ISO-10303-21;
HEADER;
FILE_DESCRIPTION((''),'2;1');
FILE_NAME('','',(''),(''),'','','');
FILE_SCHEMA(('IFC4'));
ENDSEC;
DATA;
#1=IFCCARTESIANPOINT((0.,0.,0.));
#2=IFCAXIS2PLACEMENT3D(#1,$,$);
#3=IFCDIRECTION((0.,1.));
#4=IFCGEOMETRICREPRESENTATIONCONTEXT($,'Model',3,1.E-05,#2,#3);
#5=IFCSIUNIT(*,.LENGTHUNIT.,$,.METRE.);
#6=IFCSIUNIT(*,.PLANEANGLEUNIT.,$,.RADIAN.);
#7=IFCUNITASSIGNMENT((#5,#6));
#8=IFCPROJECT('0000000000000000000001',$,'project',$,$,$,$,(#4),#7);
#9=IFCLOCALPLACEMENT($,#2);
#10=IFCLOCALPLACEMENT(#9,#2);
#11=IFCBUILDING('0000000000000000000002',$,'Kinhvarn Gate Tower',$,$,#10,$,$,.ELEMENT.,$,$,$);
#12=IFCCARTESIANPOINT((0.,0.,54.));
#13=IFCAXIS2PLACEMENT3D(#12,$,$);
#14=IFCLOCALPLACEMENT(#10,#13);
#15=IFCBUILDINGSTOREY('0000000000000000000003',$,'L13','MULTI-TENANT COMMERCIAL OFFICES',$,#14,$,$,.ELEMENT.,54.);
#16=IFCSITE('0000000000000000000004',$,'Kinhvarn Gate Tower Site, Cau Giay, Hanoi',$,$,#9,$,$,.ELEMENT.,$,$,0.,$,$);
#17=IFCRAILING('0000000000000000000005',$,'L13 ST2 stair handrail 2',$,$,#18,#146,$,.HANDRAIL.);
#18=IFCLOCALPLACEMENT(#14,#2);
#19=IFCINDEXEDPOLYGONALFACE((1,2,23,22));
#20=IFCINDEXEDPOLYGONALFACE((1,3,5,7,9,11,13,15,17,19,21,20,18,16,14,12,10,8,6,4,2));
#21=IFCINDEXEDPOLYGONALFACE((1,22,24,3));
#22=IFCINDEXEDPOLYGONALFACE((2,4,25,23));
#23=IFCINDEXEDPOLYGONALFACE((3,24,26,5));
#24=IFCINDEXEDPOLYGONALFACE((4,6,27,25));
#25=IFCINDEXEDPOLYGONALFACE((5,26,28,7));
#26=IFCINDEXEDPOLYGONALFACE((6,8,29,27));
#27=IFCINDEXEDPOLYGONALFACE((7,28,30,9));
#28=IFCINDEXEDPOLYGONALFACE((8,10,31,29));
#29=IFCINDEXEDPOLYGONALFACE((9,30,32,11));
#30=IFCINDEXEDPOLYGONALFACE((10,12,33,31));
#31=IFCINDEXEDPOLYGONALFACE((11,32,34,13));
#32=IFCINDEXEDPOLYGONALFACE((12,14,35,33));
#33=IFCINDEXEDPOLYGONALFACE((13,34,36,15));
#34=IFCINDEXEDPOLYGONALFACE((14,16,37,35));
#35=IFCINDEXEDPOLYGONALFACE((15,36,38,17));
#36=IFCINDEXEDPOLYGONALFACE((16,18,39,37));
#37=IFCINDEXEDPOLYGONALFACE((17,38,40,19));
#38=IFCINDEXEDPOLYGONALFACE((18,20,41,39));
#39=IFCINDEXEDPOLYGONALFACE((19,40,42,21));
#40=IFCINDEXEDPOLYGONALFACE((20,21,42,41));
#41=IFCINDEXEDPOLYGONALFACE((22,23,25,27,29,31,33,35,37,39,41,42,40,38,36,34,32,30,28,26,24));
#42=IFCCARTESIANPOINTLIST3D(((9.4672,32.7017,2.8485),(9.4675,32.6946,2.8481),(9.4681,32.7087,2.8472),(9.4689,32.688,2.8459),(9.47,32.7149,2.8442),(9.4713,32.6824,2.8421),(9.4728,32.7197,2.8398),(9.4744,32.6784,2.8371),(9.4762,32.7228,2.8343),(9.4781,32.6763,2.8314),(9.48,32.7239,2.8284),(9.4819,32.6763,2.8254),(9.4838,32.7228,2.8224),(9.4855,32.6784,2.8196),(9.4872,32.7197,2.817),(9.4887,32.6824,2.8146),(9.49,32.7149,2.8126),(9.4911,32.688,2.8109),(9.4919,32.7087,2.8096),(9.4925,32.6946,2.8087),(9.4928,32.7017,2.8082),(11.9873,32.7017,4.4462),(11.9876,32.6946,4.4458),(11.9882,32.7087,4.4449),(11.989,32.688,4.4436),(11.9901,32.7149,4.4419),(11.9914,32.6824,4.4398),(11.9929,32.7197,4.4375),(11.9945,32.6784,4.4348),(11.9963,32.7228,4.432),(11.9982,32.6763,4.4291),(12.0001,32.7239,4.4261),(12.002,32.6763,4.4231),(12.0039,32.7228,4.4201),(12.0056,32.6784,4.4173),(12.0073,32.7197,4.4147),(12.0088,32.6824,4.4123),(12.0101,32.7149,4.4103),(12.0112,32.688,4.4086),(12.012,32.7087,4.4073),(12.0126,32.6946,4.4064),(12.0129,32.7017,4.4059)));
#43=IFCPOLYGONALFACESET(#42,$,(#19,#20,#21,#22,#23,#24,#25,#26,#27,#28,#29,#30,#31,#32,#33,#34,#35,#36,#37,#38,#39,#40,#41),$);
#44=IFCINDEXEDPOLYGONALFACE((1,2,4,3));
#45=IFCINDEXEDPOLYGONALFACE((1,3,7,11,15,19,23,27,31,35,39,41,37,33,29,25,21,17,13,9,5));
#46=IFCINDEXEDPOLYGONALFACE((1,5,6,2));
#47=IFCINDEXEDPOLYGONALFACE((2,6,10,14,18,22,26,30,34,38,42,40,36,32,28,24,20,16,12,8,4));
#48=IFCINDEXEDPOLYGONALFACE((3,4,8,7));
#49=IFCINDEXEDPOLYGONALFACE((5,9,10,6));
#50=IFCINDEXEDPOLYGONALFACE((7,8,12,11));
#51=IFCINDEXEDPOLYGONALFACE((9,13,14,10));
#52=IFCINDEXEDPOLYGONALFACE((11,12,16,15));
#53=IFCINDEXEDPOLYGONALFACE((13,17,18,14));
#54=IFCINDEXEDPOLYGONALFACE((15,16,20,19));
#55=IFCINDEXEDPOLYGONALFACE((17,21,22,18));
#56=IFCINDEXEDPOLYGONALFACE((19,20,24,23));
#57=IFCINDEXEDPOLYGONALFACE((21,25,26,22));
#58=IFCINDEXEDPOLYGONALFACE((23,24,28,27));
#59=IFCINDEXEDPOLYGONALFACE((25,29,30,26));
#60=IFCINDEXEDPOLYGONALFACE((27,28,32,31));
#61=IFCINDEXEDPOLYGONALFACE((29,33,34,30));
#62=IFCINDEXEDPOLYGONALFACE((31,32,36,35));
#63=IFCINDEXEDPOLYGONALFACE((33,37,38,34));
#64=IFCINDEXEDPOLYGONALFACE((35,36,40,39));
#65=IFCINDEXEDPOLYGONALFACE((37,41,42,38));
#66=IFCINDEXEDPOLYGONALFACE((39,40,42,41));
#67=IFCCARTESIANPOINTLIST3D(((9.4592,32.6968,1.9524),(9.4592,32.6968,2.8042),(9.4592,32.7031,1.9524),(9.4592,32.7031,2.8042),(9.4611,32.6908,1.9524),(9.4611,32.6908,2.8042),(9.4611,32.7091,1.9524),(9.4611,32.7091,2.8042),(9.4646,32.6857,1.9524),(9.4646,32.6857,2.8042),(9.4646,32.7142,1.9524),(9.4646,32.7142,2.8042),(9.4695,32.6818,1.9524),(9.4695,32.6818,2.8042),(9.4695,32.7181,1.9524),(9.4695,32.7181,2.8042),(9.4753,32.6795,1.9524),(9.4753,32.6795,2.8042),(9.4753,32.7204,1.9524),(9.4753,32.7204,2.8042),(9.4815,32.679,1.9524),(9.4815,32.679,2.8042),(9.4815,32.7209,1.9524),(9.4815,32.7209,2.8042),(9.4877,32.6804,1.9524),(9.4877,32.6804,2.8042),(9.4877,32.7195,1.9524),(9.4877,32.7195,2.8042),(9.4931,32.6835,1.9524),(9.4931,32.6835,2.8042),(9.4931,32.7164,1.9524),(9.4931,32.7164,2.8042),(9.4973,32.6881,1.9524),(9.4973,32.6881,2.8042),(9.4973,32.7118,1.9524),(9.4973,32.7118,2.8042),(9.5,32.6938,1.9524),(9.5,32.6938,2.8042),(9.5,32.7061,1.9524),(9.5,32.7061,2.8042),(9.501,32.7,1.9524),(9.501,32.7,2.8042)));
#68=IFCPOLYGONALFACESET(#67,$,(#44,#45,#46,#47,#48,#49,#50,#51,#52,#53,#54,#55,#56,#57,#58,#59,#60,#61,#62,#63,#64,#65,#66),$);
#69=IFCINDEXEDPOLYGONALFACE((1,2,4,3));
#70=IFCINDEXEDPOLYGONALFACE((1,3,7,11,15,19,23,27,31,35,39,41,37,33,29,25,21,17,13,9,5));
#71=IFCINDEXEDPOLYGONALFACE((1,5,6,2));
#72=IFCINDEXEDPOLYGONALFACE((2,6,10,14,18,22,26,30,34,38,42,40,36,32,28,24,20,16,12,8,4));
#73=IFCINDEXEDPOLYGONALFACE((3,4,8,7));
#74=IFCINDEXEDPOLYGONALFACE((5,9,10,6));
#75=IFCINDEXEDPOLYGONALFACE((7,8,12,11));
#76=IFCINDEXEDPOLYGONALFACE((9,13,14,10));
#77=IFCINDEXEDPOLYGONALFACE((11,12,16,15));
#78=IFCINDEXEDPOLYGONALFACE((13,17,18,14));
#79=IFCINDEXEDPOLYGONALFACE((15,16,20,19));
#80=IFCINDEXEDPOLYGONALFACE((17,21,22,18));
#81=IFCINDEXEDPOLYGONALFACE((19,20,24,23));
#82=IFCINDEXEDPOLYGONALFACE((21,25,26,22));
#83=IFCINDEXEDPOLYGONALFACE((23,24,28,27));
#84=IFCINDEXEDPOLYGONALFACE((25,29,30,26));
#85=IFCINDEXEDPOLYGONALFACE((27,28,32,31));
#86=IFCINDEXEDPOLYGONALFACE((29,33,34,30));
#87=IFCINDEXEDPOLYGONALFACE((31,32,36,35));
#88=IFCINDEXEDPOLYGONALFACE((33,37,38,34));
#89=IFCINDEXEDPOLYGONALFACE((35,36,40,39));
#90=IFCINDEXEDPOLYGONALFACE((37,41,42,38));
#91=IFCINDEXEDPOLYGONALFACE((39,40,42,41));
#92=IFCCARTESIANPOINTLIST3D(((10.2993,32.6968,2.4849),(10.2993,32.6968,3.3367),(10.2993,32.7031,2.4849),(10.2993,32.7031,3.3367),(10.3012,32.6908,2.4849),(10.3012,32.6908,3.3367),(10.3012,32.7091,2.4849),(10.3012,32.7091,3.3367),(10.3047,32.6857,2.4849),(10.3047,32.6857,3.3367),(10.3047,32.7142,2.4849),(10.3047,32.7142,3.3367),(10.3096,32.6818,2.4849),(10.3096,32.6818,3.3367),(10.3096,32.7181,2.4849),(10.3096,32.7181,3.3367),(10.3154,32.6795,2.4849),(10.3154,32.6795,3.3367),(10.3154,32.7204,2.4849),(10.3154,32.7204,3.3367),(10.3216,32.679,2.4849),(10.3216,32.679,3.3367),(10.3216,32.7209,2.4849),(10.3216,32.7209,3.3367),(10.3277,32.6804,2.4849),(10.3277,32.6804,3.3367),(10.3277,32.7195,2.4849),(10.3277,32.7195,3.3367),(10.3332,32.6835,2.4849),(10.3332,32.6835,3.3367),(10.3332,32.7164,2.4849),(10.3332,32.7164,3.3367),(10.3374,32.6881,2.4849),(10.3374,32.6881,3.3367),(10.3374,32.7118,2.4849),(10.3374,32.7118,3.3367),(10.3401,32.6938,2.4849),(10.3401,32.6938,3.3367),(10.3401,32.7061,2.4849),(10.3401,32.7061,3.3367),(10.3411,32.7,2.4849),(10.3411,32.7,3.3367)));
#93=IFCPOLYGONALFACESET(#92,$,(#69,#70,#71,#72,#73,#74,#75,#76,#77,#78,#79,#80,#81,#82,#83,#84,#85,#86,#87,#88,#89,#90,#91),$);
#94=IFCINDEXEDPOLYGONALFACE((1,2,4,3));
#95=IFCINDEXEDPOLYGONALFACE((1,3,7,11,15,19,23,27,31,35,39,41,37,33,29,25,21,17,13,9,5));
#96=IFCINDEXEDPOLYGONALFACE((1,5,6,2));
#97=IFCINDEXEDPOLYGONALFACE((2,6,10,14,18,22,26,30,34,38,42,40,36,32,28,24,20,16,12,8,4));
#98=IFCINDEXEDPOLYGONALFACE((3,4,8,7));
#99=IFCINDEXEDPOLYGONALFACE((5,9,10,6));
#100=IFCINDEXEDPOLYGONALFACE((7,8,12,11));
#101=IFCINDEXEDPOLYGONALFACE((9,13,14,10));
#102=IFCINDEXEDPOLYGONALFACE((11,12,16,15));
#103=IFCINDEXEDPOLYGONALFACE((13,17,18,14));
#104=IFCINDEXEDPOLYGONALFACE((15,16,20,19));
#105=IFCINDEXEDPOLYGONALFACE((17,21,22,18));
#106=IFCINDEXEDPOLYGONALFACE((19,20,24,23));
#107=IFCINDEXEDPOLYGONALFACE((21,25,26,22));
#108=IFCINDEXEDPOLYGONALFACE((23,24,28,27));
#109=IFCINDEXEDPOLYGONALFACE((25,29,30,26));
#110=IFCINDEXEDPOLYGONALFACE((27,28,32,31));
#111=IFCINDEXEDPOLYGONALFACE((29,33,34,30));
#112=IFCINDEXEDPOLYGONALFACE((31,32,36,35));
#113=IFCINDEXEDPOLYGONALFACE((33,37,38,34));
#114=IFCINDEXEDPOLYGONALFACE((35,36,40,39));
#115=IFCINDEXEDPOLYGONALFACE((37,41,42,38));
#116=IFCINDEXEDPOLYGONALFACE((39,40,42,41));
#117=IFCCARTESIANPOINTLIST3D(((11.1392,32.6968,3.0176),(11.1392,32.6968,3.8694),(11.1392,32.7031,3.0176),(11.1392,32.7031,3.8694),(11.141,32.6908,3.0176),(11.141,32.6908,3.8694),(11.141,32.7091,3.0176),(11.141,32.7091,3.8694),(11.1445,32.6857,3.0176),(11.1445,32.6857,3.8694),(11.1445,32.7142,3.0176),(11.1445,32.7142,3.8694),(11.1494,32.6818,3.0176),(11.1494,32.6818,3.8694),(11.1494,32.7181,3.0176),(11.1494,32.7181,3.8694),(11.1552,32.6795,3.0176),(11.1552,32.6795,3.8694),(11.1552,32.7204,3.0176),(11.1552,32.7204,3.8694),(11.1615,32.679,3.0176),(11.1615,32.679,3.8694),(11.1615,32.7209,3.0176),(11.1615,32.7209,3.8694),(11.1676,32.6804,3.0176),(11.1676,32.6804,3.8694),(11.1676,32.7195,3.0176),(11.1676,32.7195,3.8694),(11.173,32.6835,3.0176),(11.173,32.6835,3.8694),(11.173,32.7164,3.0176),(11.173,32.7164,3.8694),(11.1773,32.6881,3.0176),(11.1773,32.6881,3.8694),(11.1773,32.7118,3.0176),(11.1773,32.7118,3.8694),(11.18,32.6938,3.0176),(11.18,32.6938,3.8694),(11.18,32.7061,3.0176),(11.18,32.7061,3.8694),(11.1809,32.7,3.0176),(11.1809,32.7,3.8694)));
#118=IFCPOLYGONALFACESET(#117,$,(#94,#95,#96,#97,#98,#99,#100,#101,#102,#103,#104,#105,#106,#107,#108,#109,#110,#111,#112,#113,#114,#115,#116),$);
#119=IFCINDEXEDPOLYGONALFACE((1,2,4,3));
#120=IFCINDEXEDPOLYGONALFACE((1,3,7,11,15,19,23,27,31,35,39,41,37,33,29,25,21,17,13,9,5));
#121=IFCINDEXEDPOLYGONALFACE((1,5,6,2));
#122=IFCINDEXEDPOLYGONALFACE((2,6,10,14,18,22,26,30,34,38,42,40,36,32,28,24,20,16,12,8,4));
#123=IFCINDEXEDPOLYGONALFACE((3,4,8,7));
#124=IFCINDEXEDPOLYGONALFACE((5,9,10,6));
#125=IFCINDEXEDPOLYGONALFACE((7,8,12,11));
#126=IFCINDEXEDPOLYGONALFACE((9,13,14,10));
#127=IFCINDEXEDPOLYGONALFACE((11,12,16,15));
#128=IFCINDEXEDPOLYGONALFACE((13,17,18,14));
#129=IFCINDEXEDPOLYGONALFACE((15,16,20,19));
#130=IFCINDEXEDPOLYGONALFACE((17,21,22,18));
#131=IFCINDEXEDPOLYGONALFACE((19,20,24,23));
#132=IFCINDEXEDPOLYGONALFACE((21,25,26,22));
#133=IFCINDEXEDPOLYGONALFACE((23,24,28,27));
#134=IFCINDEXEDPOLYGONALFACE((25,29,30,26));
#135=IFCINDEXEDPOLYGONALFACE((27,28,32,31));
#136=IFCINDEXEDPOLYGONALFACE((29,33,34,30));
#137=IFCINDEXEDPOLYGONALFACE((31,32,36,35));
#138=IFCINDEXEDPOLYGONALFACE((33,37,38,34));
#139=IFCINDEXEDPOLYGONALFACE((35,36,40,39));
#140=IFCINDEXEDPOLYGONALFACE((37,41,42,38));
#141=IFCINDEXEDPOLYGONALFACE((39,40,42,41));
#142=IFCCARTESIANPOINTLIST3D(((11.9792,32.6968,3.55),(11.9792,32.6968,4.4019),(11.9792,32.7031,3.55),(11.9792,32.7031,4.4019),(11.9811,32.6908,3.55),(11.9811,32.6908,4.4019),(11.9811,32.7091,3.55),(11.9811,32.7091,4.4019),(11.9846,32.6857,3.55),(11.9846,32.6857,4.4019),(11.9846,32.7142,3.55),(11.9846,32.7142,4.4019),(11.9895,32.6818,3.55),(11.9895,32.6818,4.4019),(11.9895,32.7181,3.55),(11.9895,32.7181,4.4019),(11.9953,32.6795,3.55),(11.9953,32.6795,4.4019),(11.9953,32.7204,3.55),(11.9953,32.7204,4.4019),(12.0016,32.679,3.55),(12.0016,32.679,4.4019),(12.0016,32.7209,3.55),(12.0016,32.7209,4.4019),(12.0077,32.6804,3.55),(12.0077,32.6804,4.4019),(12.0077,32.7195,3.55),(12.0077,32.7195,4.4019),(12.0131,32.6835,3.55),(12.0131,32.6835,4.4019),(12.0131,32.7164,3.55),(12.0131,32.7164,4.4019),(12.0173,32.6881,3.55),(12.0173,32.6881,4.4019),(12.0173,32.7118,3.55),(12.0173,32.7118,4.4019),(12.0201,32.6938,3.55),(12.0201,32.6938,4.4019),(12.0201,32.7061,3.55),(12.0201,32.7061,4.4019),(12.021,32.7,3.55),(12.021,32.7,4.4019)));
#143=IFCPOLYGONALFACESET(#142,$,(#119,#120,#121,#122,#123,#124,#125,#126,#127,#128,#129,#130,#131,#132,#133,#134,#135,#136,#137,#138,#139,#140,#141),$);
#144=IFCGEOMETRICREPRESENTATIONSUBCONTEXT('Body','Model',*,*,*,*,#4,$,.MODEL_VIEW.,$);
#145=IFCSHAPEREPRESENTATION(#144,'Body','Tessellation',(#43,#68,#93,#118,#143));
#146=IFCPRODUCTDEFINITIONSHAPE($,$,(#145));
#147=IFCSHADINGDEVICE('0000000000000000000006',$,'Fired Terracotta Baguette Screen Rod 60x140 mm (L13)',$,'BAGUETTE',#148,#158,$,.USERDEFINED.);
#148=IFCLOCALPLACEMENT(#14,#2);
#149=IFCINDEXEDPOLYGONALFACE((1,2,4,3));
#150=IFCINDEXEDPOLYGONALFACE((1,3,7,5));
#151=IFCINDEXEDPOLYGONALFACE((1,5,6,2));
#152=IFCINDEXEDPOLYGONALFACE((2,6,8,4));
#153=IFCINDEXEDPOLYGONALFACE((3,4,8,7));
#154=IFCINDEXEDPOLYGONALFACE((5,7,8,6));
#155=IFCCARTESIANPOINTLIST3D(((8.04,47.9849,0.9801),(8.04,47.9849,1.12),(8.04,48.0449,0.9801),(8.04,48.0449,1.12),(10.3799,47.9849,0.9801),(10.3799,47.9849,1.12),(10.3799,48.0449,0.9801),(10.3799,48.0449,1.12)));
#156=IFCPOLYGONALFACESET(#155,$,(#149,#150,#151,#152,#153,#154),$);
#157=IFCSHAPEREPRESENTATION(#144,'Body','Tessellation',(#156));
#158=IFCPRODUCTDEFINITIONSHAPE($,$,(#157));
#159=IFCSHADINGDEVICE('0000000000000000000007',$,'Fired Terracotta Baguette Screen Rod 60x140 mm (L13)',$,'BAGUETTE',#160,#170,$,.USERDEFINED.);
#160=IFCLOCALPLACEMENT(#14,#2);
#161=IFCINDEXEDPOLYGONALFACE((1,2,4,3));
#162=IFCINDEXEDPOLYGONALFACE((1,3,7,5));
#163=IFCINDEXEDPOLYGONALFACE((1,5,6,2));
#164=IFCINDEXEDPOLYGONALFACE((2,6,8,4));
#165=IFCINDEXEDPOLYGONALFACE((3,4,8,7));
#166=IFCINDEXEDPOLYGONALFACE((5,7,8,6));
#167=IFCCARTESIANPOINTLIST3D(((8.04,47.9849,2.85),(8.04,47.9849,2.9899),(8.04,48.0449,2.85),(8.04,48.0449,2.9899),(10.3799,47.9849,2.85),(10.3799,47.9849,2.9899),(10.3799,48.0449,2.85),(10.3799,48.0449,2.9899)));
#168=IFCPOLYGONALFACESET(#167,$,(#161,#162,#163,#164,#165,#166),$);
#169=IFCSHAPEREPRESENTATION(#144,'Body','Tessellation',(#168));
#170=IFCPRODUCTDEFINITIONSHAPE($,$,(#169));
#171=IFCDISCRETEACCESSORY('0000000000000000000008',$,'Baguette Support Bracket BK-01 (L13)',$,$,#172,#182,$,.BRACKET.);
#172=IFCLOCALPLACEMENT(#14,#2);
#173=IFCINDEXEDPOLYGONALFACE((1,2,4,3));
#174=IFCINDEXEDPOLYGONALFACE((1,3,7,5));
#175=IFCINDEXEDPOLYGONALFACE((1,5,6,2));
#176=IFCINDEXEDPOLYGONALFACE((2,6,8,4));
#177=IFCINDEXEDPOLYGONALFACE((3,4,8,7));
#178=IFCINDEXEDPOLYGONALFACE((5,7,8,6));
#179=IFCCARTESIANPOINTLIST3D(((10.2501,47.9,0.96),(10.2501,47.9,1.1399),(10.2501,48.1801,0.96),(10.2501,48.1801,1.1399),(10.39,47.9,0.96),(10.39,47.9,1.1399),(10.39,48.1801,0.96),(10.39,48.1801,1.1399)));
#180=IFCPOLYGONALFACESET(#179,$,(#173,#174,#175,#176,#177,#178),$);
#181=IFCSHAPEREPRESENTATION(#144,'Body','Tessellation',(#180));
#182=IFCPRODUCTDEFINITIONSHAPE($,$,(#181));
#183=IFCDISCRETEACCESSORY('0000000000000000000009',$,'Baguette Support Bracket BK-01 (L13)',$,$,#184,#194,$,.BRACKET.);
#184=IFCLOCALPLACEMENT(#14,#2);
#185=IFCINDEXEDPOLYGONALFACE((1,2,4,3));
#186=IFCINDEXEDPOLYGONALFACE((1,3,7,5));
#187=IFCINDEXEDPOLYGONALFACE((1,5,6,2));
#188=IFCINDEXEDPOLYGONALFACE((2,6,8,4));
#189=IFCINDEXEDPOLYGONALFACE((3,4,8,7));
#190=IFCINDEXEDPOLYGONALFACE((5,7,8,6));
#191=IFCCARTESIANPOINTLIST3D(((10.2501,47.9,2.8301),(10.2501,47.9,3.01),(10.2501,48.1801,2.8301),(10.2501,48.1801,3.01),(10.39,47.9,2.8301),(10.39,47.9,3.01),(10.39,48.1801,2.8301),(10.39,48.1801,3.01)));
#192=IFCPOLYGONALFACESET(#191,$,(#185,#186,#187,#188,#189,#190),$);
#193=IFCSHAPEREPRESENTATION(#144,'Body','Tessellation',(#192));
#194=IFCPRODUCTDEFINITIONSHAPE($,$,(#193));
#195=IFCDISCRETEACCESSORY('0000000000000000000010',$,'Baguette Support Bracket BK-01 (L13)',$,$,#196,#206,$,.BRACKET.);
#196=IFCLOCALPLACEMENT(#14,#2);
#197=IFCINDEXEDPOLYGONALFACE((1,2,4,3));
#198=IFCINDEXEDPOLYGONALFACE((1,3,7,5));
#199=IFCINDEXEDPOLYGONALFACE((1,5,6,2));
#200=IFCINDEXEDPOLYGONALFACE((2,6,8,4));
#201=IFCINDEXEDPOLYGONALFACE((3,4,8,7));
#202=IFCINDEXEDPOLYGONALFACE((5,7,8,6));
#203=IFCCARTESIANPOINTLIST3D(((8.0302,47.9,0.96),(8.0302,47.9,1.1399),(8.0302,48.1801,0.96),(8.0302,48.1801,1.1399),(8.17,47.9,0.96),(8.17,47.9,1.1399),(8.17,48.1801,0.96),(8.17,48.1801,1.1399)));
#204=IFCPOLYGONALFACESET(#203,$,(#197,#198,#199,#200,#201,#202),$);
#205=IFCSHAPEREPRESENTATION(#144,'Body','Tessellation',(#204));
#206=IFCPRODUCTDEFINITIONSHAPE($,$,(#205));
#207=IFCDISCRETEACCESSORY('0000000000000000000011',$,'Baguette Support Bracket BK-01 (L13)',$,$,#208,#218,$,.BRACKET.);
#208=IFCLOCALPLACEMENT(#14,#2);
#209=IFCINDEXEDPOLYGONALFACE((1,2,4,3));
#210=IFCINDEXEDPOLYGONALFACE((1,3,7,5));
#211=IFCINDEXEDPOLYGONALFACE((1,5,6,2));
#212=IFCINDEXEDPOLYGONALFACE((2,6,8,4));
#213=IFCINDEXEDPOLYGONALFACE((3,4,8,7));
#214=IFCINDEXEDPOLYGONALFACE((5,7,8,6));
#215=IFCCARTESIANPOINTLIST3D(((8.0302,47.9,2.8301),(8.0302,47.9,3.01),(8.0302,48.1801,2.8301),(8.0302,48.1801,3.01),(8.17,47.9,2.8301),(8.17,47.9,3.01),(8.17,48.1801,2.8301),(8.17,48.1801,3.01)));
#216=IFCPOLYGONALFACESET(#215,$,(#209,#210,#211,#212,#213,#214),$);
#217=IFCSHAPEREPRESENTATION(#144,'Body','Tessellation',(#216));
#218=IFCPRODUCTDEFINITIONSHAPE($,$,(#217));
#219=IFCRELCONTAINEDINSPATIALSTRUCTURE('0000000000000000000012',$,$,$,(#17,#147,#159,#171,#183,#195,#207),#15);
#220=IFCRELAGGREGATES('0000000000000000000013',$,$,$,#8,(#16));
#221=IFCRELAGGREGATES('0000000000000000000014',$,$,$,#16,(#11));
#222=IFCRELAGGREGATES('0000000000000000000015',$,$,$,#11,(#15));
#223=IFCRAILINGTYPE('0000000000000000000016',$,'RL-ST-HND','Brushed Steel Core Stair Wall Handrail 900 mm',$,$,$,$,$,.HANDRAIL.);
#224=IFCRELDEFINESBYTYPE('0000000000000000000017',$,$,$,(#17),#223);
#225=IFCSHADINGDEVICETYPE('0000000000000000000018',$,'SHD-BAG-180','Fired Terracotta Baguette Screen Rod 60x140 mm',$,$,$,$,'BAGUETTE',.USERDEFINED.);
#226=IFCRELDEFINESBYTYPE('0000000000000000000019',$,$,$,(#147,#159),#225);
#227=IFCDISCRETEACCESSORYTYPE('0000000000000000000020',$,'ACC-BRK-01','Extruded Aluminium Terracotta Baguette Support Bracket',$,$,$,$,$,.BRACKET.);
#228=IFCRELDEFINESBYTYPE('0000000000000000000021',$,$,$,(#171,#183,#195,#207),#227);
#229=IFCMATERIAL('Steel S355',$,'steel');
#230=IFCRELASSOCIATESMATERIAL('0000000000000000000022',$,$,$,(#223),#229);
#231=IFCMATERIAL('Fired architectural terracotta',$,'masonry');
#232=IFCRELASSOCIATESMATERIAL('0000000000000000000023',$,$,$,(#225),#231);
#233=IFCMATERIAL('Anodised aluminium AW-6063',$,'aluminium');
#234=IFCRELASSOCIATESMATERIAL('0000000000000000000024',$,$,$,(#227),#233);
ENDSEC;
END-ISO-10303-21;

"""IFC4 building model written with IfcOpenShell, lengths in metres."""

from ifc_helpers import new_model, si_unit, direction, frame, origin, origin_2d, place, context, subcontext, project, spatial, rectangle, circle, extrude, material, material_profile, profile_set, type_object, element, save


model = new_model("IFC4")

# Units and contexts
model_context = context("Model", 3, precision=1e-05, world=origin(), true_north=direction((0.0, 1.0)))
body_context = subcontext(model_context, "Body", "Model", "MODEL_VIEW")
ifc_project = project(units=[si_unit("LENGTHUNIT", "METRE"), si_unit("PLANEANGLEUNIT", "RADIAN")], contexts=[model_context])

# Site, building, storey
site_placement = place(None, origin())
site = spatial("IfcSite", under=ifc_project, at=site_placement, Name="Kinhvarn Gate Tower Site, Cau Giay, Hanoi", CompositionType="ELEMENT", RefElevation=0.0)
building_placement = place(site_placement, origin())
building = spatial("IfcBuilding", under=site, at=building_placement, Name="Kinhvarn Gate Tower", CompositionType="ELEMENT")
storey_placement = place(building_placement, frame((0.0, 0.0, 54.0)))
storey = spatial("IfcBuildingStorey", under=building, at=storey_placement, Name="L13", Description="MULTI-TENANT COMMERCIAL OFFICES", CompositionType="ELEMENT", Elevation=54.0)

# Shared definitions
ifc_material_1 = material(Name="Anodised aluminium AW-6063", Category="aluminium")

# Shared definitions
ifc_material_2 = material(Name="Steel S355", Category="steel")

# Shared definitions
ifc_material_3 = material(Name="Fired architectural terracotta", Category="masonry")

# Railing
railing_type_1 = type_object("IfcRailingType", Name="RL-ST-HND", Description="Brushed Steel Core Stair Wall Handrail 900 mm", PredefinedType="HANDRAIL", material=ifc_material_2)
railing_1_placement = place(storey_placement, frame((9.48, 32.7, 1.9524)))
element("IfcRailing", 1, at=railing_1_placement, inside=storey, type_object=railing_type_1, Name="L13 ST2 stair handrail 2", PredefinedType="HANDRAIL", context=body_context, shape_type="SweptSolid", body=[
    extrude(circle(Radius=0.0239, at=origin_2d()), frame((0.0, 0.0, 0.876), z_axis=(0.84457, 0.0, 0.535445), x_axis=(0.0, 1.0, 0.0)), (0.0, 0.0, 1.0), 2.9839),
    extrude(circle(Radius=0.021, at=origin_2d()), origin(), (0.0, 0.0, 1.0), 0.8518),
    extrude(circle(Radius=0.021, at=origin_2d()), frame((0.8401, 0.0, 0.5325)), (0.0, 0.0, 1.0), 0.8518),
    extrude(circle(Radius=0.021, at=origin_2d()), frame((1.6799, 0.0, 1.0652)), (0.0, 0.0, 1.0), 0.8518),
    extrude(circle(Radius=0.021, at=origin_2d()), frame((2.52, 0.0, 1.5977)), (0.0, 0.0, 1.0), 0.8518),
])

# Shading devices
ifc_material_profile_1 = material_profile(ifc_material_3, rectangle(XDim=0.0601, YDim=0.1399, at=origin_2d()), Name="TC 60x140")
ifc_profile_set_1 = profile_set([ifc_material_profile_1], Name="Fired architectural terracotta")
shading_device_type = type_object("IfcShadingDeviceType", Name="SHD-BAG-180", Description="Fired Terracotta Baguette Screen Rod 60x140 mm", ElementType="BAGUETTE", PredefinedType="USERDEFINED", material=ifc_profile_set_1)
for number, where, z_axis, x_axis, name in (
    (2, (10.3799, 48.0149, 1.05), (-1.0, 0.0, 0.0), (0.0, -1.0, 0.0), "Fired Terracotta Baguette Screen Rod 60x140 mm (L13)"),
    (3, (10.3799, 48.0149, 2.9199), (-1.0, 0.0, 0.0), (0.0, -1.0, 0.0), "Fired Terracotta Baguette Screen Rod 60x140 mm (L13)"),
):
    element("IfcShadingDevice", number, at=place(storey_placement, frame(where, z_axis=z_axis, x_axis=x_axis)), inside=storey, type_object=shading_device_type, Name=name, ObjectType="BAGUETTE", PredefinedType="USERDEFINED", context=body_context, shape_type="SweptSolid", body=[
        extrude(rectangle(XDim=0.0601, YDim=0.1399, at=origin_2d()), origin(), (0.0, 0.0, 1.0), 2.3398),
    ])

# Discrete accessories
discrete_accessory_type = type_object("IfcDiscreteAccessoryType", Name="ACC-BRK-01", Description="Extruded Aluminium Terracotta Baguette Support Bracket", PredefinedType="BRACKET", material=ifc_material_1)
for number, where, z_axis, x_axis, name in (
    (4, (10.3201, 48.04, 0.96), (0.0, 0.0, 1.0), (-1.0, 0.0, 0.0), "Baguette Support Bracket BK-01 (L13)"),
    (5, (10.3201, 48.04, 2.8301), (0.0, 0.0, 1.0), (-1.0, 0.0, 0.0), "Baguette Support Bracket BK-01 (L13)"),
    (6, (8.1001, 48.04, 0.96), (0.0, 0.0, 1.0), (-1.0, 0.0, 0.0), "Baguette Support Bracket BK-01 (L13)"),
    (7, (8.1001, 48.04, 2.8301), (0.0, 0.0, 1.0), (-1.0, 0.0, 0.0), "Baguette Support Bracket BK-01 (L13)"),
):
    element("IfcDiscreteAccessory", number, at=place(storey_placement, frame(where, z_axis=z_axis, x_axis=x_axis)), inside=storey, type_object=discrete_accessory_type, Name=name, PredefinedType="BRACKET", context=body_context, shape_type="SweptSolid", body=[
        extrude(rectangle(XDim=0.1399, YDim=0.28, at=origin_2d()), origin(), (0.0, 0.0, 1.0), 0.1799),
    ])

save(model, "model.ifc")
